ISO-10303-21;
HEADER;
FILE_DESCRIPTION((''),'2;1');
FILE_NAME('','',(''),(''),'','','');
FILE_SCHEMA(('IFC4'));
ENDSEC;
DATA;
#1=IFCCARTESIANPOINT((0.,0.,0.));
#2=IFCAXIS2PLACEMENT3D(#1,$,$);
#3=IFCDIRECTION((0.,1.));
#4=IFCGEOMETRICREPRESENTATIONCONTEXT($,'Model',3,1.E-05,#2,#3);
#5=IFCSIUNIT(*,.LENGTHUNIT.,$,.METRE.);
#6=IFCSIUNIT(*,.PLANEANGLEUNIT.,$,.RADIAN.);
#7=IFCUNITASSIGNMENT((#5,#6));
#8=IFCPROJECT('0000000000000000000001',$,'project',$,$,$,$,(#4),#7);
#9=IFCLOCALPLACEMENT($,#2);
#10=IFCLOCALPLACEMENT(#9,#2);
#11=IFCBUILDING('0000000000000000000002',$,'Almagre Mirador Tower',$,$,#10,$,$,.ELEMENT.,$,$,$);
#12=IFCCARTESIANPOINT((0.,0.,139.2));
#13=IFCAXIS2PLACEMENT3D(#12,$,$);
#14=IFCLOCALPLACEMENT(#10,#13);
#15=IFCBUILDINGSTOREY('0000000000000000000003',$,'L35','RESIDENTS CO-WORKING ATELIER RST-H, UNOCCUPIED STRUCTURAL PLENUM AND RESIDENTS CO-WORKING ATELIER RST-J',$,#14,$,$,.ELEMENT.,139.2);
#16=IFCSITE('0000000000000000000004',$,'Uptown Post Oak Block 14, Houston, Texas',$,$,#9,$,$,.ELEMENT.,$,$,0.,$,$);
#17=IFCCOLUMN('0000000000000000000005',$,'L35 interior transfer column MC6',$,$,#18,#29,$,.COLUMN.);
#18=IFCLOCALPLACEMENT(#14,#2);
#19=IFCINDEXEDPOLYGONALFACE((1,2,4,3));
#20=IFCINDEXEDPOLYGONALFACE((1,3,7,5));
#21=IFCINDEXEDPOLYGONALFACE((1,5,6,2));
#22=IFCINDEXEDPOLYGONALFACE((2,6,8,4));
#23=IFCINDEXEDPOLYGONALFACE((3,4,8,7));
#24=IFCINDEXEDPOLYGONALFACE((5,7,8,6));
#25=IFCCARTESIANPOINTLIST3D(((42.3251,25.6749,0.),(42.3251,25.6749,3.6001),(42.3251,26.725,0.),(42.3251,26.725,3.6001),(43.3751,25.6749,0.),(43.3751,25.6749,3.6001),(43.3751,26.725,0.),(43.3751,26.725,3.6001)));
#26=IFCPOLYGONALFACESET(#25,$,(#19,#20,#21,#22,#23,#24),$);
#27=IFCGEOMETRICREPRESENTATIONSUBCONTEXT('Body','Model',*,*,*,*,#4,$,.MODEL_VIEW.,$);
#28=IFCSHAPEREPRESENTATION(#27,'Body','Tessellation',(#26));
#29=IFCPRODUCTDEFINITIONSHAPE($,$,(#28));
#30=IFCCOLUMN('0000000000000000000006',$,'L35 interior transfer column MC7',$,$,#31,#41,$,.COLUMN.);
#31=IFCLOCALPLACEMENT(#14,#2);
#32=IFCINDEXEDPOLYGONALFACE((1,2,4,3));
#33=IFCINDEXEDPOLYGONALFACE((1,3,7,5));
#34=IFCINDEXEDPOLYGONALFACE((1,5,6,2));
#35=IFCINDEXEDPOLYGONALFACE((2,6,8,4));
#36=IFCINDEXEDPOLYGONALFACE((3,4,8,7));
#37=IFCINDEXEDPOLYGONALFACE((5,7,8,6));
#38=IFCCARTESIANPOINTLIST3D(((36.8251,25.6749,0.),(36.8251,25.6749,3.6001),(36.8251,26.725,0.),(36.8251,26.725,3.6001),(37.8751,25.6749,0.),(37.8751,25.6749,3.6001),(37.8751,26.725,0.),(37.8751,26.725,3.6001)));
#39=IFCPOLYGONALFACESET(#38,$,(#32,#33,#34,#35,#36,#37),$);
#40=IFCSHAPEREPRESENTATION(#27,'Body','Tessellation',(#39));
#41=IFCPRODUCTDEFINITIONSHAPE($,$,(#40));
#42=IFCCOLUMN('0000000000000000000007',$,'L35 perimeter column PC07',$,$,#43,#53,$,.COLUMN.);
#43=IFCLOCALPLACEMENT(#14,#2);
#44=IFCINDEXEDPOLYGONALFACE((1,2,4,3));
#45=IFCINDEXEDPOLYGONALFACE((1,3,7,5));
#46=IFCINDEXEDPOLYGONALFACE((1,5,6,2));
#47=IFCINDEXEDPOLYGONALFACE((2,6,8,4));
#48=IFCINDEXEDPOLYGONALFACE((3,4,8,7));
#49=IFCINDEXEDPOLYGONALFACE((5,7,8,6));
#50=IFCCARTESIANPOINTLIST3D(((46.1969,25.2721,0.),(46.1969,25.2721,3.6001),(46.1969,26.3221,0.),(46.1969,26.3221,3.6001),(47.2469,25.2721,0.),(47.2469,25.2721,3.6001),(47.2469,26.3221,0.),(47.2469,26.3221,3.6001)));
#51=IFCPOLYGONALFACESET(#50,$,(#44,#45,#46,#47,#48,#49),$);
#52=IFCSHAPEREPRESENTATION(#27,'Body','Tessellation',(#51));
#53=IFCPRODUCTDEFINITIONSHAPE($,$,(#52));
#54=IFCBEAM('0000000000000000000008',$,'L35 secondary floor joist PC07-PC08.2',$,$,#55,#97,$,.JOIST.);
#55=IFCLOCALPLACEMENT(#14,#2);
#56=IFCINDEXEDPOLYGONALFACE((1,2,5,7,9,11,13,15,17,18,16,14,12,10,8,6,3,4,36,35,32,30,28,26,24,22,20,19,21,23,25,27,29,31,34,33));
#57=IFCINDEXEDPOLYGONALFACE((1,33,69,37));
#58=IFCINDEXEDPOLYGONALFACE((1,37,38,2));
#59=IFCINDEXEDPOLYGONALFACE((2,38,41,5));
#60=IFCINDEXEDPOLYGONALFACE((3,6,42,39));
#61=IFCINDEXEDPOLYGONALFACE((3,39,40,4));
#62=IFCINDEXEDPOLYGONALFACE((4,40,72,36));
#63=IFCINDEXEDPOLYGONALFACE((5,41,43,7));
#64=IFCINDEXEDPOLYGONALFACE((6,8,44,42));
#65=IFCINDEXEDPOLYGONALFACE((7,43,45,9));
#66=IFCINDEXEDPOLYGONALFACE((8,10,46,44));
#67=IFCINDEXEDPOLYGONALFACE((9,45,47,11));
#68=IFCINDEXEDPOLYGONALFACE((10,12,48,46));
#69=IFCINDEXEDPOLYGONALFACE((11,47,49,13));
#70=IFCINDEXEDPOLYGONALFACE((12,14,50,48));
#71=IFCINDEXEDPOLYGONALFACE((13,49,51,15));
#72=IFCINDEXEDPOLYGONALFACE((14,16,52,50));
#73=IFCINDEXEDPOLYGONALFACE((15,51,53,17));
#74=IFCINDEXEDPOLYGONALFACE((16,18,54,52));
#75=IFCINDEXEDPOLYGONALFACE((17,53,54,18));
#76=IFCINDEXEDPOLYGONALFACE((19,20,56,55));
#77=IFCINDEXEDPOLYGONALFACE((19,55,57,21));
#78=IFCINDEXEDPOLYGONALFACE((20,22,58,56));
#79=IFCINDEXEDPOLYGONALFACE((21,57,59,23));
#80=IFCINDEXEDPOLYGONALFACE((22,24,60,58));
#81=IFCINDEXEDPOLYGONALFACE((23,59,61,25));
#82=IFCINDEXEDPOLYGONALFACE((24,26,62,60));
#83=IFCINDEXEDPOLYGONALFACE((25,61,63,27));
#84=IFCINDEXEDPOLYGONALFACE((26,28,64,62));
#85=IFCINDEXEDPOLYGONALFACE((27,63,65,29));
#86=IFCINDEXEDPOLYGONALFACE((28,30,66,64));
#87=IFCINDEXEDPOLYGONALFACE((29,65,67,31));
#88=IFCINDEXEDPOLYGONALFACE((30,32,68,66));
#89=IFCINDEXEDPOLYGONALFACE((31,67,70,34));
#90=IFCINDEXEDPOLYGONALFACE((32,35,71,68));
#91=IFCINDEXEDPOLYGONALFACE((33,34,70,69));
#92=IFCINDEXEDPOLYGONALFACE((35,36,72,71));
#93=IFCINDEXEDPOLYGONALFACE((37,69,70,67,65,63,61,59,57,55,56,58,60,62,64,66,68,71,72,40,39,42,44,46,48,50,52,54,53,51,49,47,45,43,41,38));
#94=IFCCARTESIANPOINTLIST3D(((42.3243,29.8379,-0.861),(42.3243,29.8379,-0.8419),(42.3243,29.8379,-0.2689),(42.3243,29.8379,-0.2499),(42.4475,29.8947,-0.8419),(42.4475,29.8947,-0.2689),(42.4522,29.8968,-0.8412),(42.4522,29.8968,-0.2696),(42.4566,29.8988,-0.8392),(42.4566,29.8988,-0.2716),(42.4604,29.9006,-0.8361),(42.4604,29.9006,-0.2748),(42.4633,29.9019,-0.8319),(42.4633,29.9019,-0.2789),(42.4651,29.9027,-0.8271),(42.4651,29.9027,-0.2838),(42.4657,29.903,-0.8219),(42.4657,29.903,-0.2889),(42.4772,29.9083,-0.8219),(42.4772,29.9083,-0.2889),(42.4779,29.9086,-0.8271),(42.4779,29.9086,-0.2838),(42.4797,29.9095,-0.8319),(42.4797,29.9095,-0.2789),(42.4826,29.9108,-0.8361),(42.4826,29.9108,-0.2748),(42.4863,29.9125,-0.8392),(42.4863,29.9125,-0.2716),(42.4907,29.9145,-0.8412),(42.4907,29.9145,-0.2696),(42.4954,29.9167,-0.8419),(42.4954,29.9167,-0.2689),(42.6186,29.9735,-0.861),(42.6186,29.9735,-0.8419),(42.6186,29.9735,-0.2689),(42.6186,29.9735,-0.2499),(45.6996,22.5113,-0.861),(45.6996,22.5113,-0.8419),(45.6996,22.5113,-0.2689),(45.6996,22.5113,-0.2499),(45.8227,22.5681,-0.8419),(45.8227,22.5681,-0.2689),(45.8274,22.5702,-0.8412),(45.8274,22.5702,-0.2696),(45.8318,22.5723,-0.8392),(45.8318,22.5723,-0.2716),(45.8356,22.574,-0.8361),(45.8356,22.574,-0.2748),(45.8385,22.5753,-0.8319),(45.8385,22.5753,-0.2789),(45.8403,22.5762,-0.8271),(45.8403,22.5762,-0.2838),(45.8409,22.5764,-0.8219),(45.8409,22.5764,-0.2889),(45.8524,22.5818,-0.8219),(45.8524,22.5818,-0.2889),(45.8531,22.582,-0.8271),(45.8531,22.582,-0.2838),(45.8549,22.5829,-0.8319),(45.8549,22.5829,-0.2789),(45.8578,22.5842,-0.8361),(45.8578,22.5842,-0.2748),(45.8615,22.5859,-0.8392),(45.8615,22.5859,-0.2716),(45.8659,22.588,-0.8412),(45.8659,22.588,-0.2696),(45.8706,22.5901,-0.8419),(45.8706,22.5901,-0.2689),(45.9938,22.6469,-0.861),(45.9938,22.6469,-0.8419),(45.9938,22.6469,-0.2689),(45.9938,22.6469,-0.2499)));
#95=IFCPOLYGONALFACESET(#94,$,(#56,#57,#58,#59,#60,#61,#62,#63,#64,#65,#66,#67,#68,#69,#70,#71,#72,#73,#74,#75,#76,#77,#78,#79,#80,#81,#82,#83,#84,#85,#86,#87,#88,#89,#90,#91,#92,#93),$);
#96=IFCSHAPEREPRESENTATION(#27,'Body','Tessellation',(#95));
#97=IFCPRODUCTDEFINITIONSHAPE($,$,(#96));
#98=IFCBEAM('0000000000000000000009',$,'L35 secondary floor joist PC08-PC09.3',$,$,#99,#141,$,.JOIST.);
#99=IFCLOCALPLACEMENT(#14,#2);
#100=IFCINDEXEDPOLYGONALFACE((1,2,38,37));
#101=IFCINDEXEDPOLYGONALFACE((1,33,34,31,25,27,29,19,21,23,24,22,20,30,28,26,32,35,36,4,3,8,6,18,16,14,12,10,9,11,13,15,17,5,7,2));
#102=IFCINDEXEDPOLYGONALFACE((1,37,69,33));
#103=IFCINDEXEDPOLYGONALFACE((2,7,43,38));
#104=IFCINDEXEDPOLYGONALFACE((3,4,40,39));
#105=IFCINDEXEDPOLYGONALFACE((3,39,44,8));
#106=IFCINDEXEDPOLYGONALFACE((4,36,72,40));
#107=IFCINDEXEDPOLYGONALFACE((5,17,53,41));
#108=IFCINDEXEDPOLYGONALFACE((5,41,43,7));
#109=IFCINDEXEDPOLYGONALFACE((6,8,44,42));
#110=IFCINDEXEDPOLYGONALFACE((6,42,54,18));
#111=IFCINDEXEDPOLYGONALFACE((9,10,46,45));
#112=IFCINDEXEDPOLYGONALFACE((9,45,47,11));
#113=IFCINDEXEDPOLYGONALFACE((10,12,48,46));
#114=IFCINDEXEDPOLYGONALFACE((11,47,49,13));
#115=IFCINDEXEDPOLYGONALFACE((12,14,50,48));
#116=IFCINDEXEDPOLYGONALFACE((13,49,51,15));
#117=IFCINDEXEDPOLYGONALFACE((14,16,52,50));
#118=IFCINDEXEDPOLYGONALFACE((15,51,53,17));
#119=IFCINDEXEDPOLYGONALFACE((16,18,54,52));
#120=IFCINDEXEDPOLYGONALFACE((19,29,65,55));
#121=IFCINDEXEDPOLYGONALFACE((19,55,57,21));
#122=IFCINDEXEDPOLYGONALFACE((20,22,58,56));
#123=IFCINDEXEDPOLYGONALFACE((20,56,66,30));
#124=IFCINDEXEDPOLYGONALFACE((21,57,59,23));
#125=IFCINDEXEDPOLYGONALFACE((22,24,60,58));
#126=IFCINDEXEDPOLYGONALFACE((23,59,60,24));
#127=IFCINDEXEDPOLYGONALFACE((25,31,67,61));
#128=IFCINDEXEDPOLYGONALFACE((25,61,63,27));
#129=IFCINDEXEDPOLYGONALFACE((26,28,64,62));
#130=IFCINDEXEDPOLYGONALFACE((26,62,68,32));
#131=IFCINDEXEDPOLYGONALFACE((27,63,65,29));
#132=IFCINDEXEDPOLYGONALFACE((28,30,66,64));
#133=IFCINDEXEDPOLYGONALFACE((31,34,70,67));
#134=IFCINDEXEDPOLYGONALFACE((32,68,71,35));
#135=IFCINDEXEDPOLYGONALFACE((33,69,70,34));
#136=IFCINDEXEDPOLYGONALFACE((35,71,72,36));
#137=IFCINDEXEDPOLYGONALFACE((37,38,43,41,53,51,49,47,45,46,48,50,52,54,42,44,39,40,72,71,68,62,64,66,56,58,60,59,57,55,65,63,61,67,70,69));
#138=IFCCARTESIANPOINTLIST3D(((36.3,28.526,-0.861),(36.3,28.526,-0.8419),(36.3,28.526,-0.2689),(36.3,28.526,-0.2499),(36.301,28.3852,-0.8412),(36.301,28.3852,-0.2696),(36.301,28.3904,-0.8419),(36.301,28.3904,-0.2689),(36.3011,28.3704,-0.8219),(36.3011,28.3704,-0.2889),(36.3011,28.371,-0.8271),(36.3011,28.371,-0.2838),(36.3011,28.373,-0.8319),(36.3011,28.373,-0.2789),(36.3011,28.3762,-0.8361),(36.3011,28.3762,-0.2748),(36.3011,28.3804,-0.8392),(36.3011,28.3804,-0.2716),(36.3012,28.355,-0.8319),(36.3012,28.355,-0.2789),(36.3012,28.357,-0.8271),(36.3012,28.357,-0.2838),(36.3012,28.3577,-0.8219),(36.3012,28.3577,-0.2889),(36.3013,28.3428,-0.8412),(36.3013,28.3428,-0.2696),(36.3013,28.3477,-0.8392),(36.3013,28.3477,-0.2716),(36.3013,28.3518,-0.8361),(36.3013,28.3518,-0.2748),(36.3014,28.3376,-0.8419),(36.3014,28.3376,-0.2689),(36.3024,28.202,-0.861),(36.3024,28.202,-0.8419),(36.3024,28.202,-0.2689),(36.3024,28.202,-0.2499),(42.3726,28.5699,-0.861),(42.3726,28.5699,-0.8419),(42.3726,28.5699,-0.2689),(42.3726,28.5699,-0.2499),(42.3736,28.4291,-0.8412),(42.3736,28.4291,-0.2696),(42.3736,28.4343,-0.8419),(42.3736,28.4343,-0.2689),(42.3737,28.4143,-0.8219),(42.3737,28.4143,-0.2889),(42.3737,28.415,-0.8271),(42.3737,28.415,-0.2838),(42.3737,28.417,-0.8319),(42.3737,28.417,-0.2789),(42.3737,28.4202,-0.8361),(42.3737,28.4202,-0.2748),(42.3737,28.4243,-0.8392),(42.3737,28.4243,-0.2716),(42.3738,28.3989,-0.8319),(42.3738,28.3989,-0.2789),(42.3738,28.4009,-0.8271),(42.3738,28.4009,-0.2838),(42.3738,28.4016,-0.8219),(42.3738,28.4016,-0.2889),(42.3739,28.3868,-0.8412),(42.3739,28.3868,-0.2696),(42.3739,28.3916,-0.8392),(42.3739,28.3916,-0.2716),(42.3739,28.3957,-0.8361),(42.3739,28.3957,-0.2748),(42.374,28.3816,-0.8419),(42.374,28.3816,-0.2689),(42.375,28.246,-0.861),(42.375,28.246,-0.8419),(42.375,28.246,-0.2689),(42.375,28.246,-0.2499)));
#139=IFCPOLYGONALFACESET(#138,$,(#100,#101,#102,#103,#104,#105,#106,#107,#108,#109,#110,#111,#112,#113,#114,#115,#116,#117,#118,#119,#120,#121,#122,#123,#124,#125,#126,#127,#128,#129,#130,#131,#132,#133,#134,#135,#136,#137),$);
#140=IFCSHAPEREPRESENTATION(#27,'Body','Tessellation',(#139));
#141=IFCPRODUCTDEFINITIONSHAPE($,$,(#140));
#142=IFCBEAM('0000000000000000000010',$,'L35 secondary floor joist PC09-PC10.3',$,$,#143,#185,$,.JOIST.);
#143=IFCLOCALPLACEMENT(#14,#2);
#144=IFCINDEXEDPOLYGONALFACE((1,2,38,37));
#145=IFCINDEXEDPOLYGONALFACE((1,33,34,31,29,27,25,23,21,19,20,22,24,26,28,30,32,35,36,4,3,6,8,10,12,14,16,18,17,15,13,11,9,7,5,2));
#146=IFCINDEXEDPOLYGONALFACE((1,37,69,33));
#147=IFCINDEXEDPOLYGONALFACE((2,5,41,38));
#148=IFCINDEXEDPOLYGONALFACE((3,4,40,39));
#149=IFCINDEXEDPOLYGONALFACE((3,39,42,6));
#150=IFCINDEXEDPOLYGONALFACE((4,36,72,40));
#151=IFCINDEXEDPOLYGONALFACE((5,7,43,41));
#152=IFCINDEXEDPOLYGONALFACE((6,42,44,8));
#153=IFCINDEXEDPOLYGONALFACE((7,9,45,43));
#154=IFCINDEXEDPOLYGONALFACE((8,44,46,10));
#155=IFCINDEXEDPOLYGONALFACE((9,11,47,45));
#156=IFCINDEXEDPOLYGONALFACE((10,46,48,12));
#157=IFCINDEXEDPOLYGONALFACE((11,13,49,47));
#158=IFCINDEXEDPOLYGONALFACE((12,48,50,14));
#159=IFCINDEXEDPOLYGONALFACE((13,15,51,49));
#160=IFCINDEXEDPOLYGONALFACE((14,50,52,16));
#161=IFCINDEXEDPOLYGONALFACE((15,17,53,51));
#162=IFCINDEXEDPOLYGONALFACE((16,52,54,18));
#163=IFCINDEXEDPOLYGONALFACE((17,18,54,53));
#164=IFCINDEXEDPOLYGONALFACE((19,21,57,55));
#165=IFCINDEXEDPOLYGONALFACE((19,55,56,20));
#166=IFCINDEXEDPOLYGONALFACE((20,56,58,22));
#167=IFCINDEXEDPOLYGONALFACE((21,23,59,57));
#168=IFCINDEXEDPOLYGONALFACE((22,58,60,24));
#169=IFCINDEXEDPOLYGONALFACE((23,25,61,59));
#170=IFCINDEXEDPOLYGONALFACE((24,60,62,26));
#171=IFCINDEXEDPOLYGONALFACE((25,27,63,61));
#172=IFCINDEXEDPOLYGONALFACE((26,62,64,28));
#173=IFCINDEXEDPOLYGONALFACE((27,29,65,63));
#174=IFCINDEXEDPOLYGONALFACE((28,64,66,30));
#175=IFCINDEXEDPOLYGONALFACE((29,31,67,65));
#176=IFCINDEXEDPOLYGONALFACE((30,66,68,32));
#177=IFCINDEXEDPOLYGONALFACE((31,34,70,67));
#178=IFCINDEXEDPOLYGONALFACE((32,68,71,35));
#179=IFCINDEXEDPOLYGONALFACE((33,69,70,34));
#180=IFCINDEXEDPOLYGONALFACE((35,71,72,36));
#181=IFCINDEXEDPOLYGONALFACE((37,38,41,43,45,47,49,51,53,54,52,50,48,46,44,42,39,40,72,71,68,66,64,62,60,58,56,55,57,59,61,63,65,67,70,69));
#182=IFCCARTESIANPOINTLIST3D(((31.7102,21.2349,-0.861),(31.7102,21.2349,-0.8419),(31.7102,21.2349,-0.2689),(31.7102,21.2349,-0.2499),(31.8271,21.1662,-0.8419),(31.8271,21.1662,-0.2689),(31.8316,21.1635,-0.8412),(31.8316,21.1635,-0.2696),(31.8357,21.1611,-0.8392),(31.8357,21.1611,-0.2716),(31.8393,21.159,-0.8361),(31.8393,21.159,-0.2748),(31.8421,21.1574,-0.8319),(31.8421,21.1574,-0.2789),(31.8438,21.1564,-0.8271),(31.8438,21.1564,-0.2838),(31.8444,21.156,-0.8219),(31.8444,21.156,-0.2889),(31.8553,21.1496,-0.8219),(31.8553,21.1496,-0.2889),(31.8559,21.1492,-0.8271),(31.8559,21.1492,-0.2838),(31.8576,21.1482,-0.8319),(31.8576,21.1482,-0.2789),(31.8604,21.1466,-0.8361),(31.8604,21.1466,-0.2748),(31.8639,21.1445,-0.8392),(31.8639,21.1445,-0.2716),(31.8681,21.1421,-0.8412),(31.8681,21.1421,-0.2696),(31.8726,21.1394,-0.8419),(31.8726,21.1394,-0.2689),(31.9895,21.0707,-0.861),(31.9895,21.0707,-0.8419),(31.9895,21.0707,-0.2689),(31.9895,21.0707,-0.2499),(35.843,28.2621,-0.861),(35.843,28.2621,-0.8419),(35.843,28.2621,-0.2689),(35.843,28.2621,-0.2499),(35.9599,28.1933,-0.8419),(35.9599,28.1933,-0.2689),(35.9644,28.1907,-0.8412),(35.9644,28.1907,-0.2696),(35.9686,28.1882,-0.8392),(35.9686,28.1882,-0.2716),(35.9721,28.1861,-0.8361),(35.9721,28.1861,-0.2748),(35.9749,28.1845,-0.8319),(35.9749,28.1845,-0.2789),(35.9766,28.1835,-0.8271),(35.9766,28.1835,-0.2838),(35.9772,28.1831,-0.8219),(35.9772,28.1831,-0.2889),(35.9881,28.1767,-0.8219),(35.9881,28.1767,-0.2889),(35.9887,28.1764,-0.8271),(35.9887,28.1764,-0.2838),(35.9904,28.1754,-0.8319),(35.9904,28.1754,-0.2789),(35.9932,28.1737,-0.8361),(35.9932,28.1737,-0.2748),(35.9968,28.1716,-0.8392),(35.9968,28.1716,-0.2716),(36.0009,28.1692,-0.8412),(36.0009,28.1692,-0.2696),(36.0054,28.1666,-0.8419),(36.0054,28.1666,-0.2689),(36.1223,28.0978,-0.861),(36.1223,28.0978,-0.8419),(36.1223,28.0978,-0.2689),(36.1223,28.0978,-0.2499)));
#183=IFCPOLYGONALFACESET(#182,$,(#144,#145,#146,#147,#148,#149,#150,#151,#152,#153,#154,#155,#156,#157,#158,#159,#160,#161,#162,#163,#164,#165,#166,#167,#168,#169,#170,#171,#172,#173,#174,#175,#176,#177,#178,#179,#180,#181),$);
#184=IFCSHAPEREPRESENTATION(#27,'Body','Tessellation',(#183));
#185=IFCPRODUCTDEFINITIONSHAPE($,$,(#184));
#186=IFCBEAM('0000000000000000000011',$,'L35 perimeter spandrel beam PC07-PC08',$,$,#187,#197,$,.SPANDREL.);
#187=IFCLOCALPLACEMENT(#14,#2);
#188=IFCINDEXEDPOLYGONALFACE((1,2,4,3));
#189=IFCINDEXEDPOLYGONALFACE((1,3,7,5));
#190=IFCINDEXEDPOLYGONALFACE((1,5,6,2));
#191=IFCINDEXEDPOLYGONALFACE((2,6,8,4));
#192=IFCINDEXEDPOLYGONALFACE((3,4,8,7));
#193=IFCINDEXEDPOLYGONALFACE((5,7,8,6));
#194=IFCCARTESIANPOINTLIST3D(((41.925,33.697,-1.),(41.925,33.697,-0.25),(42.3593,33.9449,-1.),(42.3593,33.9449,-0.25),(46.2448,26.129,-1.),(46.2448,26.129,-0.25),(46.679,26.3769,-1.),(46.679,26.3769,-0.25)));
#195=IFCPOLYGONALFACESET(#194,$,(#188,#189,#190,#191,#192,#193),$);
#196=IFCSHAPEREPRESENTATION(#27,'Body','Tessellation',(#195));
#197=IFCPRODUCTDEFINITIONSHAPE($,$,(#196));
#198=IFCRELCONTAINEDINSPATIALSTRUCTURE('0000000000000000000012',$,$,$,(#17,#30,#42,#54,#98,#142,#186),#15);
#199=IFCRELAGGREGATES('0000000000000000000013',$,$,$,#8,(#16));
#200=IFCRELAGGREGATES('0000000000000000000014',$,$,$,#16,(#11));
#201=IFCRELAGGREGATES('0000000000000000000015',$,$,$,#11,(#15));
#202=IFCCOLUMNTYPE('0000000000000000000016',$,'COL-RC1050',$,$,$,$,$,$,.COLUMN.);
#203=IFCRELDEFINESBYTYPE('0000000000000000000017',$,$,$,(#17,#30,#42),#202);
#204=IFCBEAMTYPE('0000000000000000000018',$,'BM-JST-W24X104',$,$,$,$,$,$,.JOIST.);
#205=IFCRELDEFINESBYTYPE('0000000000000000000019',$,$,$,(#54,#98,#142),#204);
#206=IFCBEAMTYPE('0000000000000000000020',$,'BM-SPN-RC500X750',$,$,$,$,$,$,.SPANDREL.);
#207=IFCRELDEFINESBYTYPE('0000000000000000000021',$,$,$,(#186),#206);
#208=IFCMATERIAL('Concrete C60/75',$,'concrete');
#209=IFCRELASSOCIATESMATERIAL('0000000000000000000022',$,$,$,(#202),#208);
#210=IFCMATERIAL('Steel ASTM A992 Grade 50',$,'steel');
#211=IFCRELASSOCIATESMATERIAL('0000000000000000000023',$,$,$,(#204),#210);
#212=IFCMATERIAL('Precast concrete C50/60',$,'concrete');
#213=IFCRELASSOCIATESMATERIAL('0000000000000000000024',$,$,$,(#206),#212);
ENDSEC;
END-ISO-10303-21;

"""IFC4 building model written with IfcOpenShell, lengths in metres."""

from ifc_helpers import new_model, si_unit, direction, frame, origin, origin_2d, place, context, subcontext, project, spatial, rectangle, i_section, extrude, material, material_profile, profile_set, type_object, element, save


model = new_model("IFC4")

# Units and contexts
model_context = context("Model", 3, precision=1e-05, world=origin(), true_north=direction((0.0, 1.0)))
body_context = subcontext(model_context, "Body", "Model", "MODEL_VIEW")
ifc_project = project(units=[si_unit("LENGTHUNIT", "METRE"), si_unit("PLANEANGLEUNIT", "RADIAN")], contexts=[model_context])

# Site, building, storey
site_placement = place(None, origin())
site = spatial("IfcSite", under=ifc_project, at=site_placement, Name="Uptown Post Oak Block 14, Houston, Texas", CompositionType="ELEMENT", RefElevation=0.0)
building_placement = place(site_placement, origin())
building = spatial("IfcBuilding", under=site, at=building_placement, Name="Almagre Mirador Tower", CompositionType="ELEMENT")
storey_placement = place(building_placement, frame((0.0, 0.0, 139.2)))
storey = spatial("IfcBuildingStorey", under=building, at=storey_placement, Name="L35", Description="RESIDENTS CO-WORKING ATELIER RST-H, UNOCCUPIED STRUCTURAL PLENUM AND RESIDENTS CO-WORKING ATELIER RST-J", CompositionType="ELEMENT", Elevation=139.2)

# Columns
ifc_material_1 = material(Name="Concrete C60/75", Category="concrete")
ifc_material_profile_1 = material_profile(ifc_material_1, rectangle(XDim=1.05, YDim=1.05, at=origin_2d()), Name="RC1050X1050")
ifc_profile_set_1 = profile_set([ifc_material_profile_1], Name="Concrete C60/75")
column_type = type_object("IfcColumnType", Name="COL-RC1050", PredefinedType="COLUMN", material=ifc_profile_set_1)
for number, where, z_axis, x_axis, name in (
    (1, (42.8501, 26.2, 0.0), (0.0, 0.0, 1.0), (1.0, 0.0, 0.0), "L35 interior transfer column MC6"),
    (2, (37.3501, 26.2, 0.0), (0.0, 0.0, 1.0), (1.0, 0.0, 0.0), "L35 interior transfer column MC7"),
    (3, (46.7219, 25.7971, 0.0), (0.0, 0.0, 1.0), (1.0, 0.0, 0.0), "L35 perimeter column PC07"),
):
    element("IfcColumn", number, at=place(storey_placement, frame(where, z_axis=z_axis, x_axis=x_axis)), inside=storey, type_object=column_type, Name=name, PredefinedType="COLUMN", context=body_context, shape_type="SweptSolid", body=[
        extrude(rectangle(XDim=1.05, YDim=1.05, at=origin_2d()), origin(), (0.0, 0.0, 1.0), 3.6001),
    ])

# Beams
ifc_material_2 = material(Name="Steel ASTM A992 Grade 50", Category="steel")
ifc_material_profile_2 = material_profile(ifc_material_2, i_section(OverallWidth=0.324, OverallDepth=0.6111, WebThickness=0.0127, FlangeThickness=0.019, FilletRadius=0.02, at=origin_2d()), Name="W24X104")
ifc_profile_set_2 = profile_set([ifc_material_profile_2], Name="Steel ASTM A992 Grade 50")
beam_type_1 = type_object("IfcBeamType", Name="BM-JST-W24X104", PredefinedType="JOIST", material=ifc_profile_set_2)
beam_1_placement = place(storey_placement, frame((45.8467, 22.5791, -0.5554), z_axis=(-0.418415, 0.908256, 0.0), x_axis=(-0.908256, -0.418415, 0.0)))
element("IfcBeam", 4, at=beam_1_placement, inside=storey, type_object=beam_type_1, Name="L35 secondary floor joist PC07-PC08.2", PredefinedType="JOIST", context=body_context, shape_type="SweptSolid", body=[
    extrude(i_section(OverallWidth=0.324, OverallDepth=0.6111, WebThickness=0.0127, FlangeThickness=0.019, FilletRadius=0.02, at=origin_2d()), origin(), (0.0, 0.0, 1.0), 8.0667),
])
beam_2_placement = place(storey_placement, frame((42.3738, 28.408, -0.5554), z_axis=(-0.999974, -0.007237, 0.0), x_axis=(0.007237, -0.999974, 0.0)))
element("IfcBeam", 5, at=beam_2_placement, inside=storey, type_object=beam_type_1, Name="L35 secondary floor joist PC08-PC09.3", PredefinedType="JOIST", context=body_context, shape_type="SweptSolid", body=[
    extrude(i_section(OverallWidth=0.324, OverallDepth=0.6111, WebThickness=0.0127, FlangeThickness=0.019, FilletRadius=0.02, at=origin_2d()), origin(), (0.0, 0.0, 1.0), 6.0728),
])
beam_3_placement = place(storey_placement, frame((35.9827, 28.1799, -0.5554), z_axis=(-0.506949, -0.861976, 0.0), x_axis=(0.861976, -0.506949, 0.0)))
element("IfcBeam", 6, at=beam_3_placement, inside=storey, type_object=beam_type_1, Name="L35 secondary floor joist PC09-PC10.3", PredefinedType="JOIST", context=body_context, shape_type="SweptSolid", body=[
    extrude(i_section(OverallWidth=0.324, OverallDepth=0.6111, WebThickness=0.0127, FlangeThickness=0.019, FilletRadius=0.02, at=origin_2d()), origin(), (0.0, 0.0, 1.0), 8.1523),
])
ifc_material_3 = material(Name="Precast concrete C50/60", Category="concrete")
ifc_material_profile_3 = material_profile(ifc_material_3, rectangle(XDim=0.5, YDim=0.75, at=origin_2d()), Name="RC500X750")
ifc_profile_set_3 = profile_set([ifc_material_profile_3], Name="Precast concrete C50/60")
beam_type_2 = type_object("IfcBeamType", Name="BM-SPN-RC500X750", PredefinedType="SPANDREL", material=ifc_profile_set_3)
beam_4_placement = place(storey_placement, frame((46.4619, 26.2529, -0.625), z_axis=(-0.495723, 0.868481, 0.0), x_axis=(-0.868481, -0.495723, 0.0)))
element("IfcBeam", 7, at=beam_4_placement, inside=storey, type_object=beam_type_2, Name="L35 perimeter spandrel beam PC07-PC08", PredefinedType="SPANDREL", context=body_context, shape_type="SweptSolid", body=[
    extrude(rectangle(XDim=0.5, YDim=0.75, at=origin_2d()), origin(), (0.0, 0.0, 1.0), 8.7141),
])

save(model, "model.ifc")
